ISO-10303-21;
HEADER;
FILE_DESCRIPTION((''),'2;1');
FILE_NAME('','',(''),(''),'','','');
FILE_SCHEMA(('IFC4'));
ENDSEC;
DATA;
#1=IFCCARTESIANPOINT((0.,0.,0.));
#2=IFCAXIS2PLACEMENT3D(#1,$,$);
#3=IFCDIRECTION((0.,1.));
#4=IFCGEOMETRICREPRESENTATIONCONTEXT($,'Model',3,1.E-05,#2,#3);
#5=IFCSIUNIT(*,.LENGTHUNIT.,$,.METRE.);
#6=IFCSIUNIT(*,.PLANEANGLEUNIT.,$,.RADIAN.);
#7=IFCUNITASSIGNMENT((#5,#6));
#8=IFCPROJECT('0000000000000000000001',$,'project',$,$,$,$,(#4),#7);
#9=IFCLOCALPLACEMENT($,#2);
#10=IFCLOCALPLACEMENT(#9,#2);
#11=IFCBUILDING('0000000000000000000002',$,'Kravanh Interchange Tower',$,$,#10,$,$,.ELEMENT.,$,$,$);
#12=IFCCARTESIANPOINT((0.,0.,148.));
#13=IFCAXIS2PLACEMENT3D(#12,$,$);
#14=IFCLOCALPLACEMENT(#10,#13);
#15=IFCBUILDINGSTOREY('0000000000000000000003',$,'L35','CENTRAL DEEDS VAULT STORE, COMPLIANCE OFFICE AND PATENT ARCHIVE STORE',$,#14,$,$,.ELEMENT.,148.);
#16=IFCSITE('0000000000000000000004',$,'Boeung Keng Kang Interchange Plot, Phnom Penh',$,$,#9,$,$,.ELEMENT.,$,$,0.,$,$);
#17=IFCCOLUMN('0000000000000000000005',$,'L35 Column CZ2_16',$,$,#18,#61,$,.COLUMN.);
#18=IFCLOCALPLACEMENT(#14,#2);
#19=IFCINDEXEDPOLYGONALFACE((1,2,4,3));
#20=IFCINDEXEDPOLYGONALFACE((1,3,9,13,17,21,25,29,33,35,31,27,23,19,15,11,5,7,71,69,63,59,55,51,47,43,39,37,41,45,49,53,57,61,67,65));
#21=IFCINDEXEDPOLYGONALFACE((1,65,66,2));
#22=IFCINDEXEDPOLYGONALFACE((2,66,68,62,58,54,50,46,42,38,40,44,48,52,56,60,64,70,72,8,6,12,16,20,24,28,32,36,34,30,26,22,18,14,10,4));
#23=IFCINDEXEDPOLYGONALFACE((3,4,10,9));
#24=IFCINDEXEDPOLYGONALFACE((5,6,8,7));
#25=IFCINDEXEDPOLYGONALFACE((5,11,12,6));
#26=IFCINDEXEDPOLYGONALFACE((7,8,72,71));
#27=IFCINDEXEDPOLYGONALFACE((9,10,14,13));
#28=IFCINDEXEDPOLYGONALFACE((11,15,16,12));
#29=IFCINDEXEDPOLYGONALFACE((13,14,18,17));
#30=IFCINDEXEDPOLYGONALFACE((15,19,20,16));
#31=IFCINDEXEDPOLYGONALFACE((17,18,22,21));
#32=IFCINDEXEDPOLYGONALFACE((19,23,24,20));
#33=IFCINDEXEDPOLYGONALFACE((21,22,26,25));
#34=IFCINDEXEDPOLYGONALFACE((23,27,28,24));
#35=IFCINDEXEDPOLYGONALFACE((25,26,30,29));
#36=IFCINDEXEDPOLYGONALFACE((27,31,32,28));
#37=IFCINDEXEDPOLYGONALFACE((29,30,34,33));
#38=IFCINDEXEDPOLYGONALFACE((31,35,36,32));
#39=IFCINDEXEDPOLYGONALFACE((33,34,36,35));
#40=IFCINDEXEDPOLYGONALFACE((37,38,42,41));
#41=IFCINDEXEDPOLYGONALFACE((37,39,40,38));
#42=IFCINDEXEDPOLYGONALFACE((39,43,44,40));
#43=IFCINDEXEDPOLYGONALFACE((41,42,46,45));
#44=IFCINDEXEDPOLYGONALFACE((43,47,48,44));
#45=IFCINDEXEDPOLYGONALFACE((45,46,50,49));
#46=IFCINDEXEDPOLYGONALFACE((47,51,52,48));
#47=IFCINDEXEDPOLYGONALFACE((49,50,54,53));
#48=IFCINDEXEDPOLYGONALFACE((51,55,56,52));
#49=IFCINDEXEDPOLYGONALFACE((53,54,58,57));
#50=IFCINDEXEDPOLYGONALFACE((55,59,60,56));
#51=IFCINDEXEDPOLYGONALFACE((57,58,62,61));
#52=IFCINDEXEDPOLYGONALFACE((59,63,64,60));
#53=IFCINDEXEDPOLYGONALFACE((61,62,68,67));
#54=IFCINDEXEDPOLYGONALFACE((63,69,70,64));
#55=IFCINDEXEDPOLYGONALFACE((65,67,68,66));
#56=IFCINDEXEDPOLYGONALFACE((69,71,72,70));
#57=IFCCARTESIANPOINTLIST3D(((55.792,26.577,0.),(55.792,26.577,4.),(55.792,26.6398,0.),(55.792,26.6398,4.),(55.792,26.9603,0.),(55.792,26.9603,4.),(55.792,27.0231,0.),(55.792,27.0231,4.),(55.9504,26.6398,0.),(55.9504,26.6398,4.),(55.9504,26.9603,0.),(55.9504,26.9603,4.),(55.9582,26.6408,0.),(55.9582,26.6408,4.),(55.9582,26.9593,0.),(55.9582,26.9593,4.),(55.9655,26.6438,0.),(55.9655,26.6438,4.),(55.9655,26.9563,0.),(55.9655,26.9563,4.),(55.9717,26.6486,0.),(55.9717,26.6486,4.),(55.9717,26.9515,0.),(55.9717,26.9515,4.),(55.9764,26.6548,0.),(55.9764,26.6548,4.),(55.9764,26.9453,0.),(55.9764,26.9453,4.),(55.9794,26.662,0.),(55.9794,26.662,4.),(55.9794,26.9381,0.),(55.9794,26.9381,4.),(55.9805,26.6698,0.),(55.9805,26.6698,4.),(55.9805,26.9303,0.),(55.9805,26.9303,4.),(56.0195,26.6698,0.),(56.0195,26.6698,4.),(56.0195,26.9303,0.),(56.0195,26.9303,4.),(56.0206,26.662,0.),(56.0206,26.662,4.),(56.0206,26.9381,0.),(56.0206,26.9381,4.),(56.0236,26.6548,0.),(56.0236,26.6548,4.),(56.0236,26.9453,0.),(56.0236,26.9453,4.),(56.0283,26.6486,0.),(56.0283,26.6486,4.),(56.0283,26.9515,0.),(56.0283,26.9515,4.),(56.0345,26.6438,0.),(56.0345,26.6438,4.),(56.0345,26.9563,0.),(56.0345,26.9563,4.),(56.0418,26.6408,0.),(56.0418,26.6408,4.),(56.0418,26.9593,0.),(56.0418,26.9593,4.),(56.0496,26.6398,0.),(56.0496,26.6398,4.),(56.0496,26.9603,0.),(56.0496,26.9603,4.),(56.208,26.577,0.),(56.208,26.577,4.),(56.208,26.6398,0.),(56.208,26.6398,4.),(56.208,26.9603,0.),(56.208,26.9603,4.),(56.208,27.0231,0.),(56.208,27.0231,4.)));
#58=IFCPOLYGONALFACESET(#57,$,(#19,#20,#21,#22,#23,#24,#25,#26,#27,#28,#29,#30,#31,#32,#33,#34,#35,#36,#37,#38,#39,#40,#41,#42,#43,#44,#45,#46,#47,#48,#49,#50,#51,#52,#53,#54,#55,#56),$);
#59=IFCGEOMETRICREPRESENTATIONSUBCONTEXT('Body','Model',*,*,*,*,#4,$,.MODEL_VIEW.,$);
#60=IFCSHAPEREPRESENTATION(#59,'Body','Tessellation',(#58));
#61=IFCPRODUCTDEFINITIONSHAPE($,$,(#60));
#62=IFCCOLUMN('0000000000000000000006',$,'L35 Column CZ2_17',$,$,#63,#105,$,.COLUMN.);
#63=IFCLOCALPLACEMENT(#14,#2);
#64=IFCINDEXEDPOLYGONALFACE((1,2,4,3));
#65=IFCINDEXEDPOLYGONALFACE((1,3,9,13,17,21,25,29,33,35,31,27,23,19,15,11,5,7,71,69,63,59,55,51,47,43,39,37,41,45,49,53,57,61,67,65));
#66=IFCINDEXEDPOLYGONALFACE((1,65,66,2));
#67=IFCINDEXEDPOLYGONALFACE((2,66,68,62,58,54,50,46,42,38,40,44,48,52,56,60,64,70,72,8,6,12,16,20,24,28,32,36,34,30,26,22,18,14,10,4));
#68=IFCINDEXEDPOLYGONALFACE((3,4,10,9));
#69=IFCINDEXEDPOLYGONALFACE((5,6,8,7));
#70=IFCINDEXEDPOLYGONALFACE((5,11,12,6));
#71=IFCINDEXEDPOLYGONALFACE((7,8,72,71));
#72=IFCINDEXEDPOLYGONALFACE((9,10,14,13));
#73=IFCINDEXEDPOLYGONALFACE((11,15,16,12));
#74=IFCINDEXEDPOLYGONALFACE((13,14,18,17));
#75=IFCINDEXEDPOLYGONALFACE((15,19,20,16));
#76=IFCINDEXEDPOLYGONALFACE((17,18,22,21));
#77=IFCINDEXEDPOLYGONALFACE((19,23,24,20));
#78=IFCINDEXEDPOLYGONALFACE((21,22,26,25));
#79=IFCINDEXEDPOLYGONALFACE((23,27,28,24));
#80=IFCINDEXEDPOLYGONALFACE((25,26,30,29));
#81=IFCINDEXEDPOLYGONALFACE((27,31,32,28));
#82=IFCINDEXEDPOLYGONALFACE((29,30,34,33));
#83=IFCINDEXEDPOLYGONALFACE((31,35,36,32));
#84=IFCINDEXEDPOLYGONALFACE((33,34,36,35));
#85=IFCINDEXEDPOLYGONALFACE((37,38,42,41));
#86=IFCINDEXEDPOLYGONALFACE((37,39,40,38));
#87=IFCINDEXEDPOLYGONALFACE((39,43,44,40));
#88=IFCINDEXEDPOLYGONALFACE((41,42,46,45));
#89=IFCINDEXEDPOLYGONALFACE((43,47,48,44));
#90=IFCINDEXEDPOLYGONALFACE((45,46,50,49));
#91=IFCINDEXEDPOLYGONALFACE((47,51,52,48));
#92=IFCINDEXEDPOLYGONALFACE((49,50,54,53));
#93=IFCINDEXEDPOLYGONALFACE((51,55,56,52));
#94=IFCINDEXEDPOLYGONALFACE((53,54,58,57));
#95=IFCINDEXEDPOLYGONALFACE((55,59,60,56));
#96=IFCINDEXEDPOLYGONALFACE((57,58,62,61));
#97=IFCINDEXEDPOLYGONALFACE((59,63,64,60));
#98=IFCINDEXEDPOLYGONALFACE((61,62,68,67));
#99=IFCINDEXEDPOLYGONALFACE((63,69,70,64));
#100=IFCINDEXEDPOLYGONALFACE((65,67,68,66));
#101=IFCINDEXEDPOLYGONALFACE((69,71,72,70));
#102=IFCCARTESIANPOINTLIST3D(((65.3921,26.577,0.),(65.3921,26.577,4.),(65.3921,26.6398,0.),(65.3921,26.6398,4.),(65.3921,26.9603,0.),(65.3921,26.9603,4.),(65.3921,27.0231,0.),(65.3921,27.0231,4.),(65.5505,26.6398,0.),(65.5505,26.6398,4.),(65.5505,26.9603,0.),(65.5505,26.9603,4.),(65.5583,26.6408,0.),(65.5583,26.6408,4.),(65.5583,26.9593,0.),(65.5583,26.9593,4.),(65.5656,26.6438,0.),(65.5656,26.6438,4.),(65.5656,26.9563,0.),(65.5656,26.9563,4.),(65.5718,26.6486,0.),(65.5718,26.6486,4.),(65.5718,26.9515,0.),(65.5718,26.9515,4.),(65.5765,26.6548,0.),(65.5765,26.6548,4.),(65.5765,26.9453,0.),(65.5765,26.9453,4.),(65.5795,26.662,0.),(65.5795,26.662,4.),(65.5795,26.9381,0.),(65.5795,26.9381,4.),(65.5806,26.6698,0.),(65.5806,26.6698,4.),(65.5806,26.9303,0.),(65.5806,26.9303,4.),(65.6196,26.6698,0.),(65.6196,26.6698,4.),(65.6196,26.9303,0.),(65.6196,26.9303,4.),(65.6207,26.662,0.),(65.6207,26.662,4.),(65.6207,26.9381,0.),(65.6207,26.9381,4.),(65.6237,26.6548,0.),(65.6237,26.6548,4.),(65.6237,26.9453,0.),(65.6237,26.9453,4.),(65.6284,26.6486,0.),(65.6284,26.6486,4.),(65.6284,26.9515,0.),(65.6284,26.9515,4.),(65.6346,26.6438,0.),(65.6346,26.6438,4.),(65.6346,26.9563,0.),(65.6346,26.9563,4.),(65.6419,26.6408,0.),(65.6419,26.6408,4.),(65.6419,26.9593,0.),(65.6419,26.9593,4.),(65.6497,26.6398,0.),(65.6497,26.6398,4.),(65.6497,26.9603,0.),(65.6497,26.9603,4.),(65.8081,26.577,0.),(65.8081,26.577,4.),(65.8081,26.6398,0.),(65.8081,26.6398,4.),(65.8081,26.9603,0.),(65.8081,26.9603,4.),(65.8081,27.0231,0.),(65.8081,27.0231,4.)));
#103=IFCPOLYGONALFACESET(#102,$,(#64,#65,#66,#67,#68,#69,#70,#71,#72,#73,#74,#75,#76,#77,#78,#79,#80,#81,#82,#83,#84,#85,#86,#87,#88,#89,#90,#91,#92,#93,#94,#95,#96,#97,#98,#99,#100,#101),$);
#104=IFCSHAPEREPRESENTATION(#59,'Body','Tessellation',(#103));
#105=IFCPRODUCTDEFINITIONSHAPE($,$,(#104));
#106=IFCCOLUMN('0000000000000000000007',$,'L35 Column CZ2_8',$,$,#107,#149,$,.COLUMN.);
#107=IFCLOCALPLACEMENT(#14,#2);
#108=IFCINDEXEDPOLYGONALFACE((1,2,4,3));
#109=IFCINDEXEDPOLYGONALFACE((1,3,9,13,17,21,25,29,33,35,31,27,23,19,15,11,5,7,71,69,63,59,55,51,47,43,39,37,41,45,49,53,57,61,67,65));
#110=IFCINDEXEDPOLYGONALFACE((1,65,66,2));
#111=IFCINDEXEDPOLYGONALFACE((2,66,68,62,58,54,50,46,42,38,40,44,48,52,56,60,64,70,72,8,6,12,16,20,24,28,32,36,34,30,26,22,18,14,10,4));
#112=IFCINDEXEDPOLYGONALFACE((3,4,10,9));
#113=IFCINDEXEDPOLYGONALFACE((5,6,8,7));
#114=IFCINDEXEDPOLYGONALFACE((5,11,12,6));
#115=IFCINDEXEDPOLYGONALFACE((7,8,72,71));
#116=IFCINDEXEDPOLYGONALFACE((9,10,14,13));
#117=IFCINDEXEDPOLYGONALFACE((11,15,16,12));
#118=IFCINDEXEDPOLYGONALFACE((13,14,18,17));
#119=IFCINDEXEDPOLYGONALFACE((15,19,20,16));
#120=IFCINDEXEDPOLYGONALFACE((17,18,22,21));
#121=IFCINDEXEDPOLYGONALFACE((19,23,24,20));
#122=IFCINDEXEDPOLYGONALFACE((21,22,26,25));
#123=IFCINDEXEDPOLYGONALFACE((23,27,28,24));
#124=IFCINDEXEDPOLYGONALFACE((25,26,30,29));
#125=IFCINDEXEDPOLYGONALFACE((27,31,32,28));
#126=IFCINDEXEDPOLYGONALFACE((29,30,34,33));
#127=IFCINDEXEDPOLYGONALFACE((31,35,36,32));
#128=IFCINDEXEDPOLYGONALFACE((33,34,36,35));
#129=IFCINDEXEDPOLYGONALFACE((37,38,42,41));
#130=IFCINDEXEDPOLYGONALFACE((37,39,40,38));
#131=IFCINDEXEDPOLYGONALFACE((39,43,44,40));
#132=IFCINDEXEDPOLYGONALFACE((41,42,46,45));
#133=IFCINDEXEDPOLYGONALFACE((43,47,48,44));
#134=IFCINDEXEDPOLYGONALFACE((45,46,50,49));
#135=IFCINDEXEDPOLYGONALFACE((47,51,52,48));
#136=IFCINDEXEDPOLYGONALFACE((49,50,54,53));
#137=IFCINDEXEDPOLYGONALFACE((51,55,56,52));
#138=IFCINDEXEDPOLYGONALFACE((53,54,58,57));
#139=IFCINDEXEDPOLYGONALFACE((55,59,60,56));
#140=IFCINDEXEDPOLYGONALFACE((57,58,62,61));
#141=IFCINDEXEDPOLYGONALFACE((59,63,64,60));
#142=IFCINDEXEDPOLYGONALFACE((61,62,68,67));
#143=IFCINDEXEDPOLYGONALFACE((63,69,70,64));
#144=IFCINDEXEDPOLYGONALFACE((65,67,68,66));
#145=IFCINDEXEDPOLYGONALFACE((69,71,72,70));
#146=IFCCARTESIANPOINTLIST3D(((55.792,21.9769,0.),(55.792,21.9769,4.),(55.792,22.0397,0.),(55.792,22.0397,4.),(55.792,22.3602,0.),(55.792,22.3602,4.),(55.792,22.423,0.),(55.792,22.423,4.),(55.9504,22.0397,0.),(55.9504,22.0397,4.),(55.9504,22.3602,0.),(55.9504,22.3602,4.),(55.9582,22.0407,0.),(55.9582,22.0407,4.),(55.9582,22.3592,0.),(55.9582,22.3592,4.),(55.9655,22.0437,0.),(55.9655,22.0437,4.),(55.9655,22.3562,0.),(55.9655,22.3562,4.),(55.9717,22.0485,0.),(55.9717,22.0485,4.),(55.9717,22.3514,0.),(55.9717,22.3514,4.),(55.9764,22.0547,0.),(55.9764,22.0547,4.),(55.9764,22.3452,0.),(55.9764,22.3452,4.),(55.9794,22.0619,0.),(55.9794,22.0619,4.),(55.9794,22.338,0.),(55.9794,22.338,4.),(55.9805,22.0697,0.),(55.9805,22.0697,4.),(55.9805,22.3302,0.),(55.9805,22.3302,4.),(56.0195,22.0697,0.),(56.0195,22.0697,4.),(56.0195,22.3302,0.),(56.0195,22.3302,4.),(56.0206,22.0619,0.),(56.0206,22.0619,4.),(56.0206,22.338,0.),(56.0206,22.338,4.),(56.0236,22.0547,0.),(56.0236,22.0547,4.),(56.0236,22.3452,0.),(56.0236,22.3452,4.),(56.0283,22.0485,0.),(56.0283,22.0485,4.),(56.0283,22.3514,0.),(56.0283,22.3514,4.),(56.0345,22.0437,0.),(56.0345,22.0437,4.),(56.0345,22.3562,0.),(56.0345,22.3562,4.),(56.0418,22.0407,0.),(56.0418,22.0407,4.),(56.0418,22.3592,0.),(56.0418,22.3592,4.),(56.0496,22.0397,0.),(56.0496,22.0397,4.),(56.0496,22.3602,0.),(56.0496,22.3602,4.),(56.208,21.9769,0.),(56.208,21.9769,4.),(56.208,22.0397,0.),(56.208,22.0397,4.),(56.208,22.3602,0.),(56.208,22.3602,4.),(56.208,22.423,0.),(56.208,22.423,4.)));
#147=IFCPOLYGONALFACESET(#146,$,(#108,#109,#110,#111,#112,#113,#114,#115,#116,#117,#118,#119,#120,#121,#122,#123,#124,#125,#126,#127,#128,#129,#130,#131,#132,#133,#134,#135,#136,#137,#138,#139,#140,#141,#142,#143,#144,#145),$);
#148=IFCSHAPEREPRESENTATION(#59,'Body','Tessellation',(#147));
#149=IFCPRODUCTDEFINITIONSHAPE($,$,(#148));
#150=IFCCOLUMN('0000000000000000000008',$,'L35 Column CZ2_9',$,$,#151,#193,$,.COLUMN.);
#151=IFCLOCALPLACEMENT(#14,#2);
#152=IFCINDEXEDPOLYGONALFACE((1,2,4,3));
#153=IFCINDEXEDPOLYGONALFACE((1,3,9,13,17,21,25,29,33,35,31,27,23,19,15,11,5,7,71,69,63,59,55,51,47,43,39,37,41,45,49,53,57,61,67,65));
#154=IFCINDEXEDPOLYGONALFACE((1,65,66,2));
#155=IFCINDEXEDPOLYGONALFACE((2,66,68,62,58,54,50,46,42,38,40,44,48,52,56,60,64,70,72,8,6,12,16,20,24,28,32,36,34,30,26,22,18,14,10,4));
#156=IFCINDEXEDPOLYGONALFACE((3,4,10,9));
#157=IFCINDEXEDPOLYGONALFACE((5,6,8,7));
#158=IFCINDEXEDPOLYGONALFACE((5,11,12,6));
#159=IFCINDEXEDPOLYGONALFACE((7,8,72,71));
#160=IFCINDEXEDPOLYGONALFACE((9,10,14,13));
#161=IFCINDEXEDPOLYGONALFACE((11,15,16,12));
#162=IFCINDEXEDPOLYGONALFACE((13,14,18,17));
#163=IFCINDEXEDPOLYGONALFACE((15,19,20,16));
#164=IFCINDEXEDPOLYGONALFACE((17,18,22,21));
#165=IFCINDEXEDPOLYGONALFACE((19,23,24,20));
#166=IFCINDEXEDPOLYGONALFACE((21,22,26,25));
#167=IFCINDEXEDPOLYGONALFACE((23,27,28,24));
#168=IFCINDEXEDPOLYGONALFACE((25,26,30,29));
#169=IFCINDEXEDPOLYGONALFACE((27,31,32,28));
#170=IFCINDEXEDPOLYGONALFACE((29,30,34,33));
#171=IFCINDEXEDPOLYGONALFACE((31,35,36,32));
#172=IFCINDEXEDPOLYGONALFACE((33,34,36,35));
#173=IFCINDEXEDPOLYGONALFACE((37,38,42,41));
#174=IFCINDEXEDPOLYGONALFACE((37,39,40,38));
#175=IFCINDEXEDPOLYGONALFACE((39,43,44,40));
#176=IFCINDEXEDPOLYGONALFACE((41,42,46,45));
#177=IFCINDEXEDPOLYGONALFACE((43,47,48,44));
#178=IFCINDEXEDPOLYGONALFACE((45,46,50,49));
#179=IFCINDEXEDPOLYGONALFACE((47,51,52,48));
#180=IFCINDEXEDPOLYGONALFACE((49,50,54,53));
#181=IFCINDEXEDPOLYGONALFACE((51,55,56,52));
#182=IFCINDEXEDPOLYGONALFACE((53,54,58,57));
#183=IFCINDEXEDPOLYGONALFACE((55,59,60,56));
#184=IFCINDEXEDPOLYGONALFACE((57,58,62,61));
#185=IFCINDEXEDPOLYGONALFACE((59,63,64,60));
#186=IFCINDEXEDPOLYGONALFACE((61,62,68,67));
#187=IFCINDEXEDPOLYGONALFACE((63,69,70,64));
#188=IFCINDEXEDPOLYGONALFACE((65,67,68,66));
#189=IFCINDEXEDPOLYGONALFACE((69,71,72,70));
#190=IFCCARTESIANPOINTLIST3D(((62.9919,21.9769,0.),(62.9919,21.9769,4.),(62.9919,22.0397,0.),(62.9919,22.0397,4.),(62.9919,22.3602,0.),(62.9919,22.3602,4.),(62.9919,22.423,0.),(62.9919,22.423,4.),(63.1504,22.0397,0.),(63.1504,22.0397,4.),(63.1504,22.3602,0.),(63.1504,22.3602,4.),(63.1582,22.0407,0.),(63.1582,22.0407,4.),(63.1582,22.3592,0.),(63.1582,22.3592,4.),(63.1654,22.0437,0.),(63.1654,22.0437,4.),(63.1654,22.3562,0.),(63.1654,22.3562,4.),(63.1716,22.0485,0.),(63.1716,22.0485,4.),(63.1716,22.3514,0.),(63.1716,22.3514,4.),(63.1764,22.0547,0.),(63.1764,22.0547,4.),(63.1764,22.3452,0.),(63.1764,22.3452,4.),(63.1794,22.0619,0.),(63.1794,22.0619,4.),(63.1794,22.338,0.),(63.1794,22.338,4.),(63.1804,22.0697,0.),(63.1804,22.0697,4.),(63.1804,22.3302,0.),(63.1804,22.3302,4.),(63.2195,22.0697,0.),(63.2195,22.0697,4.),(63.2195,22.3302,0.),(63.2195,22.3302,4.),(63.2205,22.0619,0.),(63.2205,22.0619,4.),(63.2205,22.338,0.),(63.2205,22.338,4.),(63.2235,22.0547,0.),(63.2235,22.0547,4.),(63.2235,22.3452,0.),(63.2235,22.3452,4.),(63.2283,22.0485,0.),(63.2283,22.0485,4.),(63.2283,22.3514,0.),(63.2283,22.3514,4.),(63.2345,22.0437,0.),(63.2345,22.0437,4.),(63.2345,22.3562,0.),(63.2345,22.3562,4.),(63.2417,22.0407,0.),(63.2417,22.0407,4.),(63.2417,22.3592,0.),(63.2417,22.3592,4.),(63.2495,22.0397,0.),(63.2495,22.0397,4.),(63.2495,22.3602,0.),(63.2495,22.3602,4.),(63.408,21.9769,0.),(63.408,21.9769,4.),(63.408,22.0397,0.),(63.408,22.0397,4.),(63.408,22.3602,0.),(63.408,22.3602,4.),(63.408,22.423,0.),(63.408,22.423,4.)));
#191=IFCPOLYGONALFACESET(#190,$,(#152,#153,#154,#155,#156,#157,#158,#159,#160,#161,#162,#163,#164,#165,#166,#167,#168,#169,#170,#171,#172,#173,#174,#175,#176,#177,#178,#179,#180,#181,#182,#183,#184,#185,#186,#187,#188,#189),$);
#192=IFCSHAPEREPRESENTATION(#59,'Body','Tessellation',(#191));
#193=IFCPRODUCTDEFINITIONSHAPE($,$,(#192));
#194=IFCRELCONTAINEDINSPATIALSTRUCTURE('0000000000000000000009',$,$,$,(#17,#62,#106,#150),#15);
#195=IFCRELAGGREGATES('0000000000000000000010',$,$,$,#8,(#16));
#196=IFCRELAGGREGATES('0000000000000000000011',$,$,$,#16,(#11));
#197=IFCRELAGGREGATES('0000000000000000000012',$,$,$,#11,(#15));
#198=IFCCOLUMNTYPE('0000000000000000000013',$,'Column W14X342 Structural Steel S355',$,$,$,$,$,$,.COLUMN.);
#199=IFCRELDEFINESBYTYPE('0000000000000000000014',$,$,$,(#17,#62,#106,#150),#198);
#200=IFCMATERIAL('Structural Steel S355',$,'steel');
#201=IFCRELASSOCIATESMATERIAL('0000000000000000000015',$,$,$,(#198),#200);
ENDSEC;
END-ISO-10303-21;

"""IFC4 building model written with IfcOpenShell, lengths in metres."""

from ifc_helpers import new_model, si_unit, direction, frame, origin, origin_2d, place, context, subcontext, project, spatial, i_section, extrude, material, material_profile, profile_set, type_object, element, save


model = new_model("IFC4")

# Units and contexts
model_context = context("Model", 3, precision=1e-05, world=origin(), true_north=direction((0.0, 1.0)))
body_context = subcontext(model_context, "Body", "Model", "MODEL_VIEW")
ifc_project = project(units=[si_unit("LENGTHUNIT", "METRE"), si_unit("PLANEANGLEUNIT", "RADIAN")], contexts=[model_context])

# Site, building, storey
site_placement = place(None, origin())
site = spatial("IfcSite", under=ifc_project, at=site_placement, Name="Boeung Keng Kang Interchange Plot, Phnom Penh", CompositionType="ELEMENT", RefElevation=0.0)
building_placement = place(site_placement, origin())
building = spatial("IfcBuilding", under=site, at=building_placement, Name="Kravanh Interchange Tower", CompositionType="ELEMENT")
storey_placement = place(building_placement, frame((0.0, 0.0, 148.0)))
storey = spatial("IfcBuildingStorey", under=building, at=storey_placement, Name="L35", Description="CENTRAL DEEDS VAULT STORE, COMPLIANCE OFFICE AND PATENT ARCHIVE STORE", CompositionType="ELEMENT", Elevation=148.0)

# Columns
ifc_material_1 = material(Name="Structural Steel S355", Category="steel")
ifc_material_profile_1 = material_profile(ifc_material_1, i_section(OverallWidth=0.416, OverallDepth=0.446, WebThickness=0.0391, FlangeThickness=0.0627, FilletRadius=0.03, at=origin_2d()), Name="W14X342")
ifc_profile_set_1 = profile_set([ifc_material_profile_1], Name="Structural Steel S355")
column_type = type_object("IfcColumnType", Name="Column W14X342 Structural Steel S355", PredefinedType="COLUMN", material=ifc_profile_set_1)
for number, where, z_axis, x_axis, name in (
    (1, (56.0, 26.8, 0.0), (0.0, 0.0, 1.0), (1.0, 0.0, 0.0), "L35 Column CZ2_16"),
    (2, (65.6001, 26.8, 0.0), (0.0, 0.0, 1.0), (1.0, 0.0, 0.0), "L35 Column CZ2_17"),
    (3, (56.0, 22.2, 0.0), (0.0, 0.0, 1.0), (1.0, 0.0, 0.0), "L35 Column CZ2_8"),
    (4, (63.2, 22.2, 0.0), (0.0, 0.0, 1.0), (1.0, 0.0, 0.0), "L35 Column CZ2_9"),
):
    element("IfcColumn", number, at=place(storey_placement, frame(where, z_axis=z_axis, x_axis=x_axis)), inside=storey, type_object=column_type, Name=name, PredefinedType="COLUMN", context=body_context, shape_type="SweptSolid", body=[
        extrude(i_section(OverallWidth=0.416, OverallDepth=0.446, WebThickness=0.0391, FlangeThickness=0.0627, FilletRadius=0.03, at=origin_2d()), origin(), (0.0, 0.0, 1.0), 4.0),
    ])

save(model, "model.ifc")
